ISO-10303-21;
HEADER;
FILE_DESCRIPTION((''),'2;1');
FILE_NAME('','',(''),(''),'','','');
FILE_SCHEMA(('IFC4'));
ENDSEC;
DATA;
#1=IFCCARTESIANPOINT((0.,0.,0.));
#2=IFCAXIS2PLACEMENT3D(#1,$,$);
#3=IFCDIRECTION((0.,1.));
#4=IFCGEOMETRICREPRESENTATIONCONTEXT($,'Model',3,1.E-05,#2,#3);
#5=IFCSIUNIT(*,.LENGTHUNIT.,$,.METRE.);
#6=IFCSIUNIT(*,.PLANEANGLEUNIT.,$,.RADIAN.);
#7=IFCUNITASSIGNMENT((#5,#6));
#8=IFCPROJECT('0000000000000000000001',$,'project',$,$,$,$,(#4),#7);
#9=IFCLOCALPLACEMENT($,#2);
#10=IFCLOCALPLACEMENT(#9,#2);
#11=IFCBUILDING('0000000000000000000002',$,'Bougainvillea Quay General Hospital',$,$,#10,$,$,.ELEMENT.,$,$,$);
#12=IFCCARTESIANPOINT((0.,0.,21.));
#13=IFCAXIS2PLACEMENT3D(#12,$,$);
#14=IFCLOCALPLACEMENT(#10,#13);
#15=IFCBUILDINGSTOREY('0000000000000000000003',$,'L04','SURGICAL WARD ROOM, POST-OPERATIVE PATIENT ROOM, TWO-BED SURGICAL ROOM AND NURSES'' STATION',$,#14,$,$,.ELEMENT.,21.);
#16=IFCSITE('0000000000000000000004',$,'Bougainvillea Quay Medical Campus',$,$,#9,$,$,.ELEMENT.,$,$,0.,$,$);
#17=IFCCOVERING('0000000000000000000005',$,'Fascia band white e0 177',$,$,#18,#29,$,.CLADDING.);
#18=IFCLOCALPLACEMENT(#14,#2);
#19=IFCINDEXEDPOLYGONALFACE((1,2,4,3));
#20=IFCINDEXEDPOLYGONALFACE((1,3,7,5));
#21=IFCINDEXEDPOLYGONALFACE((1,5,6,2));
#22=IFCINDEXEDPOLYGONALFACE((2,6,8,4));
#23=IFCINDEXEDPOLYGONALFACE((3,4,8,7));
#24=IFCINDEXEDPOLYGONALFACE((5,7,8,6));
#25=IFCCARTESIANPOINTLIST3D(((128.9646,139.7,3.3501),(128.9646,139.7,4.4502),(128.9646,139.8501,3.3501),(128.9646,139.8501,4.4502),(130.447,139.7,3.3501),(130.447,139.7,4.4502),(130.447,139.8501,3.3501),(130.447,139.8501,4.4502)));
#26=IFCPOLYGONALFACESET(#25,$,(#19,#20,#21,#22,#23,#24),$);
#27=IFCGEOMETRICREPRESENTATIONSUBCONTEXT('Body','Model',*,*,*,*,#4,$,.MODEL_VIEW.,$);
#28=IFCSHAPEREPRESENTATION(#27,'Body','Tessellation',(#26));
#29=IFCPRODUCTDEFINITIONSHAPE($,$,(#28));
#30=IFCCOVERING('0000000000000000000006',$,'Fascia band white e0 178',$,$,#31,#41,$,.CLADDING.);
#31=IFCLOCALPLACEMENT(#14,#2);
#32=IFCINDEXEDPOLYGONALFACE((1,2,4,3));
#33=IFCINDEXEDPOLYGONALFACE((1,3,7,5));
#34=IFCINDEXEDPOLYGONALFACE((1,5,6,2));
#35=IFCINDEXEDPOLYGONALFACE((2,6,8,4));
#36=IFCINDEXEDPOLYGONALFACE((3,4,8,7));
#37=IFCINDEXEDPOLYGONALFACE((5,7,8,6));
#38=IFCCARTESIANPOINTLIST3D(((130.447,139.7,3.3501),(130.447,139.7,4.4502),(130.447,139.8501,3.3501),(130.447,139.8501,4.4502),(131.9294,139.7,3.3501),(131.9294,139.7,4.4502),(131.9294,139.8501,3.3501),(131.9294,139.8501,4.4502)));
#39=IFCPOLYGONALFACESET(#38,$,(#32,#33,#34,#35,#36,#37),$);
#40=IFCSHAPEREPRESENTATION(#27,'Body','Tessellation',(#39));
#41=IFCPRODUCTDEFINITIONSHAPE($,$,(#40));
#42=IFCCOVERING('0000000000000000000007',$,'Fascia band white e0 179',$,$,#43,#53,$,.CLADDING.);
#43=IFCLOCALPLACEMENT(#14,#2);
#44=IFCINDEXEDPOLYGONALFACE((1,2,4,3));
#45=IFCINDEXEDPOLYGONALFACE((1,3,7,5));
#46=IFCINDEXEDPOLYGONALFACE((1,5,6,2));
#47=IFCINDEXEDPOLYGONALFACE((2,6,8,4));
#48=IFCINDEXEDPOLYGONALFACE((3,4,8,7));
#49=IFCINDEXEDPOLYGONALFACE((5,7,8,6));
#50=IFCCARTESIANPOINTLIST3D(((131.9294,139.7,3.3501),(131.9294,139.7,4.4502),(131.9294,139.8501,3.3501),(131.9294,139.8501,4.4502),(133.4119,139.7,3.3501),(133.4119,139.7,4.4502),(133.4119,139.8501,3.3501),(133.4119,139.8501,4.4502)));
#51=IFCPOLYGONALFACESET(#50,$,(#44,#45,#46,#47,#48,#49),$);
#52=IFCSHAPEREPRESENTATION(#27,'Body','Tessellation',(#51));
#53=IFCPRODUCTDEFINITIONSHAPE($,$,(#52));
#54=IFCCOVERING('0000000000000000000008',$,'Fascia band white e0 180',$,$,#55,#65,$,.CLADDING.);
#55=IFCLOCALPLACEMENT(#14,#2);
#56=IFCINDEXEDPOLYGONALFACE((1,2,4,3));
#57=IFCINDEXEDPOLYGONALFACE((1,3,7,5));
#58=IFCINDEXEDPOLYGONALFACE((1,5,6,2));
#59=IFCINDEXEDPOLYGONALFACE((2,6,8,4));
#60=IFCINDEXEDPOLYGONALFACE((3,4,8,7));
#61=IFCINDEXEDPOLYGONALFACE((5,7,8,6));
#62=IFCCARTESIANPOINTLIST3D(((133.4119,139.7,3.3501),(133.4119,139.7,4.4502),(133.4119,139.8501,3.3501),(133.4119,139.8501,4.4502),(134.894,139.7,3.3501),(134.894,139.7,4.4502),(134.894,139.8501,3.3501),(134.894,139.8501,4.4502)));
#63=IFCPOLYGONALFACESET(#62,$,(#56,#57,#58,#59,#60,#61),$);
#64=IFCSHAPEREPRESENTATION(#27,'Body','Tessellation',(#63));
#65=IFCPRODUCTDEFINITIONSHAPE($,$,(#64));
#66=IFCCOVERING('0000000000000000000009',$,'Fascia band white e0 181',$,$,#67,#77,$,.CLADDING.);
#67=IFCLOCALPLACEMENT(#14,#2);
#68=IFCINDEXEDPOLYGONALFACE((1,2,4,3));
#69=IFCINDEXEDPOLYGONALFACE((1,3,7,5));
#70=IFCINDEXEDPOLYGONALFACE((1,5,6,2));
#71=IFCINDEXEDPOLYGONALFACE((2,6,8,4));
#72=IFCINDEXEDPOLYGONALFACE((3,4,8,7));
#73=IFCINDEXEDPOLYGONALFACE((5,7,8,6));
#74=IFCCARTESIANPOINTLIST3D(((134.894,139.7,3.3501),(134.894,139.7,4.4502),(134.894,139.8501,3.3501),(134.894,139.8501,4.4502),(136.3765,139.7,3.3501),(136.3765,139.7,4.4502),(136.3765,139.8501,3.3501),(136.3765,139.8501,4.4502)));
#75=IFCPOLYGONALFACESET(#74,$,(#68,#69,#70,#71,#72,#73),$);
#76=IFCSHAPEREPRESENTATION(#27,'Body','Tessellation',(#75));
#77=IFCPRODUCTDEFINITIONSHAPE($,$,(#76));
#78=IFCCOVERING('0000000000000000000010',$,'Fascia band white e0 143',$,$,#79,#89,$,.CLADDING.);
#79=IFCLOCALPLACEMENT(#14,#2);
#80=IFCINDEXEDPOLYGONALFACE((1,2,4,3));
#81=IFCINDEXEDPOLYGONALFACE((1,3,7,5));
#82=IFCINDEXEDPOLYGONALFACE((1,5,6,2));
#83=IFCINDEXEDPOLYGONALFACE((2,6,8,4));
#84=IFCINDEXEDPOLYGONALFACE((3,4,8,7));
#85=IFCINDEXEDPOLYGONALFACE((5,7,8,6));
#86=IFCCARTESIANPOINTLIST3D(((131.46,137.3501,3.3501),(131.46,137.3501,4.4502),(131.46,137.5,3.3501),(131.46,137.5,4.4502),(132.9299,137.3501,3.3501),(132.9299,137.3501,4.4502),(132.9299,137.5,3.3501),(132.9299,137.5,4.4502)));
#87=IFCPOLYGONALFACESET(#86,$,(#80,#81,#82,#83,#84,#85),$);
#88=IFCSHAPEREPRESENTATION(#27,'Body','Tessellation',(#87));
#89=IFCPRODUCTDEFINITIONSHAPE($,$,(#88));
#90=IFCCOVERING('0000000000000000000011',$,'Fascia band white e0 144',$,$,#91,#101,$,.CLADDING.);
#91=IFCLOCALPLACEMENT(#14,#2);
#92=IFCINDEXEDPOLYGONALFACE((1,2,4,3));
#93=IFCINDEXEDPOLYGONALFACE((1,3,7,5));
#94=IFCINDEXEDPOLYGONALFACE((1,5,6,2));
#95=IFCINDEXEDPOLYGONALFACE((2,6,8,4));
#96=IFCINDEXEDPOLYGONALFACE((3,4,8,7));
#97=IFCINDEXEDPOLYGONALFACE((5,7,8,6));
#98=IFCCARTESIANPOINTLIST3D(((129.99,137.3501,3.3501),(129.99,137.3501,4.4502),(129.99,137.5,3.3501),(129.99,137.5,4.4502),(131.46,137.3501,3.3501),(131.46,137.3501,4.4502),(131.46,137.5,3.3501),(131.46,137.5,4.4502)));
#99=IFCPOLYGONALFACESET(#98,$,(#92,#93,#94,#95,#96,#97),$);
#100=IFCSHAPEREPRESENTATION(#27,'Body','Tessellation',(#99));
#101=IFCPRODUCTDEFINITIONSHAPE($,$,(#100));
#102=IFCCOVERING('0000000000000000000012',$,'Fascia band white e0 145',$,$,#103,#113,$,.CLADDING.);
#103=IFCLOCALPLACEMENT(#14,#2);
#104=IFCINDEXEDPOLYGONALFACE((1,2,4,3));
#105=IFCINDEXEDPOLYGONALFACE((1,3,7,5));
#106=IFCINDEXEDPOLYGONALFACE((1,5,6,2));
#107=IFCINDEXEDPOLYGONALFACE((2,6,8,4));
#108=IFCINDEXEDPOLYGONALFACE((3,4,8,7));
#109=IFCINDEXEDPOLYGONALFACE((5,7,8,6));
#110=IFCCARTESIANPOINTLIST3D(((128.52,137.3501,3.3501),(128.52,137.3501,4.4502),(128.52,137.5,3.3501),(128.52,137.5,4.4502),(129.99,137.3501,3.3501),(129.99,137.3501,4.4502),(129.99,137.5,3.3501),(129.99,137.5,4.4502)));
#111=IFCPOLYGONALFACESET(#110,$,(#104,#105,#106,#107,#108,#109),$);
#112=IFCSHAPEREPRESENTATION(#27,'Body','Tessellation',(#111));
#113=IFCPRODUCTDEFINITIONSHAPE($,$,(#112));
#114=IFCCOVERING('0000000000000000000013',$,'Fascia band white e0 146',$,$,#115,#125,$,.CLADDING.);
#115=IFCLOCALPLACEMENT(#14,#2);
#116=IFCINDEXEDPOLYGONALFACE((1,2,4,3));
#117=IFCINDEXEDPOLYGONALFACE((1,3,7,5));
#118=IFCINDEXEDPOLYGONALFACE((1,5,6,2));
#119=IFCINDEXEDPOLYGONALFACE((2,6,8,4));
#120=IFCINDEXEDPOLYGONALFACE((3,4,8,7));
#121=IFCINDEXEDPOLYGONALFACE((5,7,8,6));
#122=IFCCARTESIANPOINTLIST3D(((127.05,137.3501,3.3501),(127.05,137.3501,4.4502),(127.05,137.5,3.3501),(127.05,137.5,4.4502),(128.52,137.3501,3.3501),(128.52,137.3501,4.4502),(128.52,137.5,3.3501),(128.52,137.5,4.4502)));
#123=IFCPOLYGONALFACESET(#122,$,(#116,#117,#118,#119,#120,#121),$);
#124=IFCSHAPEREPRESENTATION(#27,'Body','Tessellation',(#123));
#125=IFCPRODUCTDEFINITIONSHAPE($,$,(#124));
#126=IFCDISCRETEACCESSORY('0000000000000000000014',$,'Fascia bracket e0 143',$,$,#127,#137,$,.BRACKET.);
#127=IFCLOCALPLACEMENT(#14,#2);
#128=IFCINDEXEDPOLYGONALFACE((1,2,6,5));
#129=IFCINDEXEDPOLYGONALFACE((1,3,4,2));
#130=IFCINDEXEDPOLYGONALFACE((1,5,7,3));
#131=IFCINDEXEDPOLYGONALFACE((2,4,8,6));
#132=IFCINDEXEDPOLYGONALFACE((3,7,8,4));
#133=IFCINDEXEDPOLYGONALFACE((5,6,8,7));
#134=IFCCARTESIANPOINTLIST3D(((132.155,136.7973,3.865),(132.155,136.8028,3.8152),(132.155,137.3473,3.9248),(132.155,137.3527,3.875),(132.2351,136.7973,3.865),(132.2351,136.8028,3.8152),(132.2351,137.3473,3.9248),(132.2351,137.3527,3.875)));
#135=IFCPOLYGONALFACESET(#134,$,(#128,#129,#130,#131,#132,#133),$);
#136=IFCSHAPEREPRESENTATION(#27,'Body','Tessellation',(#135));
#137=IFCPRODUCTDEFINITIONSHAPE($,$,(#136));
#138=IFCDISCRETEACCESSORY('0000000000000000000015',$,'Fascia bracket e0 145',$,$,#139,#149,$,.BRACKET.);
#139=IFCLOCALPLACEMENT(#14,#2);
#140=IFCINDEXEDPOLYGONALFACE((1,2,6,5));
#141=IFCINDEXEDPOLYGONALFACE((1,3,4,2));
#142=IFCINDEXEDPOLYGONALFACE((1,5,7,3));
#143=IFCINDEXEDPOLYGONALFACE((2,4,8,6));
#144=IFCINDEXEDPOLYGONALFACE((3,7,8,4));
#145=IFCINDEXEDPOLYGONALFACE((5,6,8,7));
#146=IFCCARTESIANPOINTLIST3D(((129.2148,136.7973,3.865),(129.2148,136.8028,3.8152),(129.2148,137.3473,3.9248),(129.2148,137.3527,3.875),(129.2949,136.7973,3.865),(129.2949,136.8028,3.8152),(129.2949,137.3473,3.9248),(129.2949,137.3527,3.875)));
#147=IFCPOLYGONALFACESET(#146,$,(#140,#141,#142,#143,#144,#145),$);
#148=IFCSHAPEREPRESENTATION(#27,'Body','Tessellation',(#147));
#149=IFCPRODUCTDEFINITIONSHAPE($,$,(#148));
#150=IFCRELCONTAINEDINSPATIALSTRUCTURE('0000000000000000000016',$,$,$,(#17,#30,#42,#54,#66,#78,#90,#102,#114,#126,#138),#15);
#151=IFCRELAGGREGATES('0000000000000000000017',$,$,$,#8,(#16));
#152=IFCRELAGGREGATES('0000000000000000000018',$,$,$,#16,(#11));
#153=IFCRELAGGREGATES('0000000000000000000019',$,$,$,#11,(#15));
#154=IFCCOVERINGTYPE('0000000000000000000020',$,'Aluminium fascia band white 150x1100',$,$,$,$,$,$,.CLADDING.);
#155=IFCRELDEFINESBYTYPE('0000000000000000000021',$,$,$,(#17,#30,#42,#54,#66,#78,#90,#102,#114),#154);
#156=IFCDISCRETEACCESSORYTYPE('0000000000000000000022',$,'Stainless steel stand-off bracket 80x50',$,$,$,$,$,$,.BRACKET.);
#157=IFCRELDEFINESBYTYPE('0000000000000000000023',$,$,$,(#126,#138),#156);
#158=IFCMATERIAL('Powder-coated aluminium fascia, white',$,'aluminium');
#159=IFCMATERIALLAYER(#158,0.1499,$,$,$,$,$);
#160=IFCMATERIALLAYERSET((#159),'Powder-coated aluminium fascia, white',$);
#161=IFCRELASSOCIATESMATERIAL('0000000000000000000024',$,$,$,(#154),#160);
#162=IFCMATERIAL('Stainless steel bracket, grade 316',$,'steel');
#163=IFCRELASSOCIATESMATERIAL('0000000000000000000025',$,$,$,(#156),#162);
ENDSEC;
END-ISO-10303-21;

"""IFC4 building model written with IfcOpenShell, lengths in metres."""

from ifc_helpers import new_model, si_unit, direction, frame, origin, origin_2d, place, context, subcontext, project, spatial, polyline, rectangle, outline, extrude, material, layer, layer_set, material_profile, profile_set, type_object, element, save


model = new_model("IFC4")

# Units and contexts
model_context = context("Model", 3, precision=1e-05, world=origin(), true_north=direction((0.0, 1.0)))
body_context = subcontext(model_context, "Body", "Model", "MODEL_VIEW")
ifc_project = project(units=[si_unit("LENGTHUNIT", "METRE"), si_unit("PLANEANGLEUNIT", "RADIAN")], contexts=[model_context])

# Site, building, storey
site_placement = place(None, origin())
site = spatial("IfcSite", under=ifc_project, at=site_placement, Name="Bougainvillea Quay Medical Campus", CompositionType="ELEMENT", RefElevation=0.0)
building_placement = place(site_placement, origin())
building = spatial("IfcBuilding", under=site, at=building_placement, Name="Bougainvillea Quay General Hospital", CompositionType="ELEMENT")
storey_placement = place(building_placement, frame((0.0, 0.0, 21.0)))
storey = spatial("IfcBuildingStorey", under=building, at=storey_placement, Name="L04", Description="SURGICAL WARD ROOM, POST-OPERATIVE PATIENT ROOM, TWO-BED SURGICAL ROOM AND NURSES' STATION", CompositionType="ELEMENT", Elevation=21.0)

# Coverings
ifc_material_1 = material(Name="Powder-coated aluminium fascia, white", Category="aluminium")
ifc_layer_1 = layer(ifc_material_1, 0.1499)
ifc_layer_set_1 = layer_set([ifc_layer_1], Name="Powder-coated aluminium fascia, white")
covering_type = type_object("IfcCoveringType", Name="Aluminium fascia band white 150x1100", PredefinedType="CLADDING", material=ifc_layer_set_1)
for number, where, z_axis, x_axis, name in (
    (1, (128.9646, 139.8501, 3.3501), (0.0, 0.0, 1.0), (1.0, 0.0, 0.0), "Fascia band white e0 177"),
    (2, (130.447, 139.8501, 3.3501), (0.0, 0.0, 1.0), (1.0, 0.0, 0.0), "Fascia band white e0 178"),
    (3, (131.9294, 139.8501, 3.3501), (0.0, 0.0, 1.0), (1.0, 0.0, 0.0), "Fascia band white e0 179"),
):
    element("IfcCovering", number, at=place(storey_placement, frame(where, z_axis=z_axis, x_axis=x_axis)), inside=storey, type_object=covering_type, Name=name, PredefinedType="CLADDING", context=body_context, shape_type="SweptSolid", body=[
        extrude(outline(polyline([(0.0, 0.0), (1.4824, 0.0), (1.4824, -0.1501), (0.0, -0.1501), (0.0, 0.0)])), origin(), (0.0, 0.0, 1.0), 1.1001),
    ])
covering_1_placement = place(storey_placement, frame((133.4119, 139.8501, 3.3501), z_axis=(0.0, 0.0, 1.0), x_axis=(1.0, 0.0, 0.0)))
element("IfcCovering", 4, at=covering_1_placement, inside=storey, type_object=covering_type, Name="Fascia band white e0 180", PredefinedType="CLADDING", context=body_context, shape_type="SweptSolid", body=[
    extrude(outline(polyline([(0.0, 0.0), (1.4822, 0.0), (1.4822, -0.1501), (0.0, -0.1501), (0.0, 0.0)])), origin(), (0.0, 0.0, 1.0), 1.1001),
])
covering_2_placement = place(storey_placement, frame((134.894, 139.8501, 3.3501), z_axis=(0.0, 0.0, 1.0), x_axis=(1.0, 0.0, 0.0)))
element("IfcCovering", 5, at=covering_2_placement, inside=storey, type_object=covering_type, Name="Fascia band white e0 181", PredefinedType="CLADDING", context=body_context, shape_type="SweptSolid", body=[
    extrude(outline(polyline([(0.0, 0.0), (1.4824, 0.0), (1.4824, -0.1501), (0.0, -0.1501), (0.0, 0.0)])), origin(), (0.0, 0.0, 1.0), 1.1001),
])
for number, where, z_axis, x_axis, name in (
    (6, (132.9299, 137.3501, 3.3501), (0.0, 0.0, 1.0), (-1.0, 0.0, 0.0), "Fascia band white e0 143"),
    (7, (131.46, 137.3501, 3.3501), (0.0, 0.0, 1.0), (-1.0, 0.0, 0.0), "Fascia band white e0 144"),
    (8, (129.99, 137.3501, 3.3501), (0.0, 0.0, 1.0), (-1.0, 0.0, 0.0), "Fascia band white e0 145"),
    (9, (128.52, 137.3501, 3.3501), (0.0, 0.0, 1.0), (-1.0, 0.0, 0.0), "Fascia band white e0 146"),
):
    element("IfcCovering", number, at=place(storey_placement, frame(where, z_axis=z_axis, x_axis=x_axis)), inside=storey, type_object=covering_type, Name=name, PredefinedType="CLADDING", context=body_context, shape_type="SweptSolid", body=[
        extrude(outline(polyline([(0.0, 0.0), (1.47, 0.0), (1.47, -0.1499), (0.0, -0.1499), (0.0, 0.0)])), origin(), (0.0, 0.0, 1.0), 1.1001),
    ])

# Discrete accessories
ifc_material_2 = material(Name="Stainless steel bracket, grade 316", Category="steel")
ifc_material_profile_1 = material_profile(ifc_material_2, rectangle(XDim=0.0801, YDim=0.05, at=origin_2d()))
ifc_profile_set_1 = profile_set([ifc_material_profile_1], Name="Stainless steel bracket, grade 316")
discrete_accessory_type = type_object("IfcDiscreteAccessoryType", Name="Stainless steel stand-off bracket 80x50", PredefinedType="BRACKET", material=ifc_profile_set_1)
for number, where, z_axis, x_axis, name in (
    (10, (132.1951, 136.8, 3.8401), (0.0, 0.994139, 0.108107), (-1.0, 0.0, 0.0), "Fascia bracket e0 143"),
    (11, (129.2549, 136.8, 3.8401), (0.0, 0.994139, 0.108107), (-1.0, 0.0, 0.0), "Fascia bracket e0 145"),
):
    element("IfcDiscreteAccessory", number, at=place(storey_placement, frame(where, z_axis=z_axis, x_axis=x_axis)), inside=storey, type_object=discrete_accessory_type, Name=name, PredefinedType="BRACKET", context=body_context, shape_type="SweptSolid", body=[
        extrude(rectangle(XDim=0.0801, YDim=0.05, at=origin_2d()), origin(), (0.0, 0.0, 1.0), 0.5532),
    ])

save(model, "model.ifc")
